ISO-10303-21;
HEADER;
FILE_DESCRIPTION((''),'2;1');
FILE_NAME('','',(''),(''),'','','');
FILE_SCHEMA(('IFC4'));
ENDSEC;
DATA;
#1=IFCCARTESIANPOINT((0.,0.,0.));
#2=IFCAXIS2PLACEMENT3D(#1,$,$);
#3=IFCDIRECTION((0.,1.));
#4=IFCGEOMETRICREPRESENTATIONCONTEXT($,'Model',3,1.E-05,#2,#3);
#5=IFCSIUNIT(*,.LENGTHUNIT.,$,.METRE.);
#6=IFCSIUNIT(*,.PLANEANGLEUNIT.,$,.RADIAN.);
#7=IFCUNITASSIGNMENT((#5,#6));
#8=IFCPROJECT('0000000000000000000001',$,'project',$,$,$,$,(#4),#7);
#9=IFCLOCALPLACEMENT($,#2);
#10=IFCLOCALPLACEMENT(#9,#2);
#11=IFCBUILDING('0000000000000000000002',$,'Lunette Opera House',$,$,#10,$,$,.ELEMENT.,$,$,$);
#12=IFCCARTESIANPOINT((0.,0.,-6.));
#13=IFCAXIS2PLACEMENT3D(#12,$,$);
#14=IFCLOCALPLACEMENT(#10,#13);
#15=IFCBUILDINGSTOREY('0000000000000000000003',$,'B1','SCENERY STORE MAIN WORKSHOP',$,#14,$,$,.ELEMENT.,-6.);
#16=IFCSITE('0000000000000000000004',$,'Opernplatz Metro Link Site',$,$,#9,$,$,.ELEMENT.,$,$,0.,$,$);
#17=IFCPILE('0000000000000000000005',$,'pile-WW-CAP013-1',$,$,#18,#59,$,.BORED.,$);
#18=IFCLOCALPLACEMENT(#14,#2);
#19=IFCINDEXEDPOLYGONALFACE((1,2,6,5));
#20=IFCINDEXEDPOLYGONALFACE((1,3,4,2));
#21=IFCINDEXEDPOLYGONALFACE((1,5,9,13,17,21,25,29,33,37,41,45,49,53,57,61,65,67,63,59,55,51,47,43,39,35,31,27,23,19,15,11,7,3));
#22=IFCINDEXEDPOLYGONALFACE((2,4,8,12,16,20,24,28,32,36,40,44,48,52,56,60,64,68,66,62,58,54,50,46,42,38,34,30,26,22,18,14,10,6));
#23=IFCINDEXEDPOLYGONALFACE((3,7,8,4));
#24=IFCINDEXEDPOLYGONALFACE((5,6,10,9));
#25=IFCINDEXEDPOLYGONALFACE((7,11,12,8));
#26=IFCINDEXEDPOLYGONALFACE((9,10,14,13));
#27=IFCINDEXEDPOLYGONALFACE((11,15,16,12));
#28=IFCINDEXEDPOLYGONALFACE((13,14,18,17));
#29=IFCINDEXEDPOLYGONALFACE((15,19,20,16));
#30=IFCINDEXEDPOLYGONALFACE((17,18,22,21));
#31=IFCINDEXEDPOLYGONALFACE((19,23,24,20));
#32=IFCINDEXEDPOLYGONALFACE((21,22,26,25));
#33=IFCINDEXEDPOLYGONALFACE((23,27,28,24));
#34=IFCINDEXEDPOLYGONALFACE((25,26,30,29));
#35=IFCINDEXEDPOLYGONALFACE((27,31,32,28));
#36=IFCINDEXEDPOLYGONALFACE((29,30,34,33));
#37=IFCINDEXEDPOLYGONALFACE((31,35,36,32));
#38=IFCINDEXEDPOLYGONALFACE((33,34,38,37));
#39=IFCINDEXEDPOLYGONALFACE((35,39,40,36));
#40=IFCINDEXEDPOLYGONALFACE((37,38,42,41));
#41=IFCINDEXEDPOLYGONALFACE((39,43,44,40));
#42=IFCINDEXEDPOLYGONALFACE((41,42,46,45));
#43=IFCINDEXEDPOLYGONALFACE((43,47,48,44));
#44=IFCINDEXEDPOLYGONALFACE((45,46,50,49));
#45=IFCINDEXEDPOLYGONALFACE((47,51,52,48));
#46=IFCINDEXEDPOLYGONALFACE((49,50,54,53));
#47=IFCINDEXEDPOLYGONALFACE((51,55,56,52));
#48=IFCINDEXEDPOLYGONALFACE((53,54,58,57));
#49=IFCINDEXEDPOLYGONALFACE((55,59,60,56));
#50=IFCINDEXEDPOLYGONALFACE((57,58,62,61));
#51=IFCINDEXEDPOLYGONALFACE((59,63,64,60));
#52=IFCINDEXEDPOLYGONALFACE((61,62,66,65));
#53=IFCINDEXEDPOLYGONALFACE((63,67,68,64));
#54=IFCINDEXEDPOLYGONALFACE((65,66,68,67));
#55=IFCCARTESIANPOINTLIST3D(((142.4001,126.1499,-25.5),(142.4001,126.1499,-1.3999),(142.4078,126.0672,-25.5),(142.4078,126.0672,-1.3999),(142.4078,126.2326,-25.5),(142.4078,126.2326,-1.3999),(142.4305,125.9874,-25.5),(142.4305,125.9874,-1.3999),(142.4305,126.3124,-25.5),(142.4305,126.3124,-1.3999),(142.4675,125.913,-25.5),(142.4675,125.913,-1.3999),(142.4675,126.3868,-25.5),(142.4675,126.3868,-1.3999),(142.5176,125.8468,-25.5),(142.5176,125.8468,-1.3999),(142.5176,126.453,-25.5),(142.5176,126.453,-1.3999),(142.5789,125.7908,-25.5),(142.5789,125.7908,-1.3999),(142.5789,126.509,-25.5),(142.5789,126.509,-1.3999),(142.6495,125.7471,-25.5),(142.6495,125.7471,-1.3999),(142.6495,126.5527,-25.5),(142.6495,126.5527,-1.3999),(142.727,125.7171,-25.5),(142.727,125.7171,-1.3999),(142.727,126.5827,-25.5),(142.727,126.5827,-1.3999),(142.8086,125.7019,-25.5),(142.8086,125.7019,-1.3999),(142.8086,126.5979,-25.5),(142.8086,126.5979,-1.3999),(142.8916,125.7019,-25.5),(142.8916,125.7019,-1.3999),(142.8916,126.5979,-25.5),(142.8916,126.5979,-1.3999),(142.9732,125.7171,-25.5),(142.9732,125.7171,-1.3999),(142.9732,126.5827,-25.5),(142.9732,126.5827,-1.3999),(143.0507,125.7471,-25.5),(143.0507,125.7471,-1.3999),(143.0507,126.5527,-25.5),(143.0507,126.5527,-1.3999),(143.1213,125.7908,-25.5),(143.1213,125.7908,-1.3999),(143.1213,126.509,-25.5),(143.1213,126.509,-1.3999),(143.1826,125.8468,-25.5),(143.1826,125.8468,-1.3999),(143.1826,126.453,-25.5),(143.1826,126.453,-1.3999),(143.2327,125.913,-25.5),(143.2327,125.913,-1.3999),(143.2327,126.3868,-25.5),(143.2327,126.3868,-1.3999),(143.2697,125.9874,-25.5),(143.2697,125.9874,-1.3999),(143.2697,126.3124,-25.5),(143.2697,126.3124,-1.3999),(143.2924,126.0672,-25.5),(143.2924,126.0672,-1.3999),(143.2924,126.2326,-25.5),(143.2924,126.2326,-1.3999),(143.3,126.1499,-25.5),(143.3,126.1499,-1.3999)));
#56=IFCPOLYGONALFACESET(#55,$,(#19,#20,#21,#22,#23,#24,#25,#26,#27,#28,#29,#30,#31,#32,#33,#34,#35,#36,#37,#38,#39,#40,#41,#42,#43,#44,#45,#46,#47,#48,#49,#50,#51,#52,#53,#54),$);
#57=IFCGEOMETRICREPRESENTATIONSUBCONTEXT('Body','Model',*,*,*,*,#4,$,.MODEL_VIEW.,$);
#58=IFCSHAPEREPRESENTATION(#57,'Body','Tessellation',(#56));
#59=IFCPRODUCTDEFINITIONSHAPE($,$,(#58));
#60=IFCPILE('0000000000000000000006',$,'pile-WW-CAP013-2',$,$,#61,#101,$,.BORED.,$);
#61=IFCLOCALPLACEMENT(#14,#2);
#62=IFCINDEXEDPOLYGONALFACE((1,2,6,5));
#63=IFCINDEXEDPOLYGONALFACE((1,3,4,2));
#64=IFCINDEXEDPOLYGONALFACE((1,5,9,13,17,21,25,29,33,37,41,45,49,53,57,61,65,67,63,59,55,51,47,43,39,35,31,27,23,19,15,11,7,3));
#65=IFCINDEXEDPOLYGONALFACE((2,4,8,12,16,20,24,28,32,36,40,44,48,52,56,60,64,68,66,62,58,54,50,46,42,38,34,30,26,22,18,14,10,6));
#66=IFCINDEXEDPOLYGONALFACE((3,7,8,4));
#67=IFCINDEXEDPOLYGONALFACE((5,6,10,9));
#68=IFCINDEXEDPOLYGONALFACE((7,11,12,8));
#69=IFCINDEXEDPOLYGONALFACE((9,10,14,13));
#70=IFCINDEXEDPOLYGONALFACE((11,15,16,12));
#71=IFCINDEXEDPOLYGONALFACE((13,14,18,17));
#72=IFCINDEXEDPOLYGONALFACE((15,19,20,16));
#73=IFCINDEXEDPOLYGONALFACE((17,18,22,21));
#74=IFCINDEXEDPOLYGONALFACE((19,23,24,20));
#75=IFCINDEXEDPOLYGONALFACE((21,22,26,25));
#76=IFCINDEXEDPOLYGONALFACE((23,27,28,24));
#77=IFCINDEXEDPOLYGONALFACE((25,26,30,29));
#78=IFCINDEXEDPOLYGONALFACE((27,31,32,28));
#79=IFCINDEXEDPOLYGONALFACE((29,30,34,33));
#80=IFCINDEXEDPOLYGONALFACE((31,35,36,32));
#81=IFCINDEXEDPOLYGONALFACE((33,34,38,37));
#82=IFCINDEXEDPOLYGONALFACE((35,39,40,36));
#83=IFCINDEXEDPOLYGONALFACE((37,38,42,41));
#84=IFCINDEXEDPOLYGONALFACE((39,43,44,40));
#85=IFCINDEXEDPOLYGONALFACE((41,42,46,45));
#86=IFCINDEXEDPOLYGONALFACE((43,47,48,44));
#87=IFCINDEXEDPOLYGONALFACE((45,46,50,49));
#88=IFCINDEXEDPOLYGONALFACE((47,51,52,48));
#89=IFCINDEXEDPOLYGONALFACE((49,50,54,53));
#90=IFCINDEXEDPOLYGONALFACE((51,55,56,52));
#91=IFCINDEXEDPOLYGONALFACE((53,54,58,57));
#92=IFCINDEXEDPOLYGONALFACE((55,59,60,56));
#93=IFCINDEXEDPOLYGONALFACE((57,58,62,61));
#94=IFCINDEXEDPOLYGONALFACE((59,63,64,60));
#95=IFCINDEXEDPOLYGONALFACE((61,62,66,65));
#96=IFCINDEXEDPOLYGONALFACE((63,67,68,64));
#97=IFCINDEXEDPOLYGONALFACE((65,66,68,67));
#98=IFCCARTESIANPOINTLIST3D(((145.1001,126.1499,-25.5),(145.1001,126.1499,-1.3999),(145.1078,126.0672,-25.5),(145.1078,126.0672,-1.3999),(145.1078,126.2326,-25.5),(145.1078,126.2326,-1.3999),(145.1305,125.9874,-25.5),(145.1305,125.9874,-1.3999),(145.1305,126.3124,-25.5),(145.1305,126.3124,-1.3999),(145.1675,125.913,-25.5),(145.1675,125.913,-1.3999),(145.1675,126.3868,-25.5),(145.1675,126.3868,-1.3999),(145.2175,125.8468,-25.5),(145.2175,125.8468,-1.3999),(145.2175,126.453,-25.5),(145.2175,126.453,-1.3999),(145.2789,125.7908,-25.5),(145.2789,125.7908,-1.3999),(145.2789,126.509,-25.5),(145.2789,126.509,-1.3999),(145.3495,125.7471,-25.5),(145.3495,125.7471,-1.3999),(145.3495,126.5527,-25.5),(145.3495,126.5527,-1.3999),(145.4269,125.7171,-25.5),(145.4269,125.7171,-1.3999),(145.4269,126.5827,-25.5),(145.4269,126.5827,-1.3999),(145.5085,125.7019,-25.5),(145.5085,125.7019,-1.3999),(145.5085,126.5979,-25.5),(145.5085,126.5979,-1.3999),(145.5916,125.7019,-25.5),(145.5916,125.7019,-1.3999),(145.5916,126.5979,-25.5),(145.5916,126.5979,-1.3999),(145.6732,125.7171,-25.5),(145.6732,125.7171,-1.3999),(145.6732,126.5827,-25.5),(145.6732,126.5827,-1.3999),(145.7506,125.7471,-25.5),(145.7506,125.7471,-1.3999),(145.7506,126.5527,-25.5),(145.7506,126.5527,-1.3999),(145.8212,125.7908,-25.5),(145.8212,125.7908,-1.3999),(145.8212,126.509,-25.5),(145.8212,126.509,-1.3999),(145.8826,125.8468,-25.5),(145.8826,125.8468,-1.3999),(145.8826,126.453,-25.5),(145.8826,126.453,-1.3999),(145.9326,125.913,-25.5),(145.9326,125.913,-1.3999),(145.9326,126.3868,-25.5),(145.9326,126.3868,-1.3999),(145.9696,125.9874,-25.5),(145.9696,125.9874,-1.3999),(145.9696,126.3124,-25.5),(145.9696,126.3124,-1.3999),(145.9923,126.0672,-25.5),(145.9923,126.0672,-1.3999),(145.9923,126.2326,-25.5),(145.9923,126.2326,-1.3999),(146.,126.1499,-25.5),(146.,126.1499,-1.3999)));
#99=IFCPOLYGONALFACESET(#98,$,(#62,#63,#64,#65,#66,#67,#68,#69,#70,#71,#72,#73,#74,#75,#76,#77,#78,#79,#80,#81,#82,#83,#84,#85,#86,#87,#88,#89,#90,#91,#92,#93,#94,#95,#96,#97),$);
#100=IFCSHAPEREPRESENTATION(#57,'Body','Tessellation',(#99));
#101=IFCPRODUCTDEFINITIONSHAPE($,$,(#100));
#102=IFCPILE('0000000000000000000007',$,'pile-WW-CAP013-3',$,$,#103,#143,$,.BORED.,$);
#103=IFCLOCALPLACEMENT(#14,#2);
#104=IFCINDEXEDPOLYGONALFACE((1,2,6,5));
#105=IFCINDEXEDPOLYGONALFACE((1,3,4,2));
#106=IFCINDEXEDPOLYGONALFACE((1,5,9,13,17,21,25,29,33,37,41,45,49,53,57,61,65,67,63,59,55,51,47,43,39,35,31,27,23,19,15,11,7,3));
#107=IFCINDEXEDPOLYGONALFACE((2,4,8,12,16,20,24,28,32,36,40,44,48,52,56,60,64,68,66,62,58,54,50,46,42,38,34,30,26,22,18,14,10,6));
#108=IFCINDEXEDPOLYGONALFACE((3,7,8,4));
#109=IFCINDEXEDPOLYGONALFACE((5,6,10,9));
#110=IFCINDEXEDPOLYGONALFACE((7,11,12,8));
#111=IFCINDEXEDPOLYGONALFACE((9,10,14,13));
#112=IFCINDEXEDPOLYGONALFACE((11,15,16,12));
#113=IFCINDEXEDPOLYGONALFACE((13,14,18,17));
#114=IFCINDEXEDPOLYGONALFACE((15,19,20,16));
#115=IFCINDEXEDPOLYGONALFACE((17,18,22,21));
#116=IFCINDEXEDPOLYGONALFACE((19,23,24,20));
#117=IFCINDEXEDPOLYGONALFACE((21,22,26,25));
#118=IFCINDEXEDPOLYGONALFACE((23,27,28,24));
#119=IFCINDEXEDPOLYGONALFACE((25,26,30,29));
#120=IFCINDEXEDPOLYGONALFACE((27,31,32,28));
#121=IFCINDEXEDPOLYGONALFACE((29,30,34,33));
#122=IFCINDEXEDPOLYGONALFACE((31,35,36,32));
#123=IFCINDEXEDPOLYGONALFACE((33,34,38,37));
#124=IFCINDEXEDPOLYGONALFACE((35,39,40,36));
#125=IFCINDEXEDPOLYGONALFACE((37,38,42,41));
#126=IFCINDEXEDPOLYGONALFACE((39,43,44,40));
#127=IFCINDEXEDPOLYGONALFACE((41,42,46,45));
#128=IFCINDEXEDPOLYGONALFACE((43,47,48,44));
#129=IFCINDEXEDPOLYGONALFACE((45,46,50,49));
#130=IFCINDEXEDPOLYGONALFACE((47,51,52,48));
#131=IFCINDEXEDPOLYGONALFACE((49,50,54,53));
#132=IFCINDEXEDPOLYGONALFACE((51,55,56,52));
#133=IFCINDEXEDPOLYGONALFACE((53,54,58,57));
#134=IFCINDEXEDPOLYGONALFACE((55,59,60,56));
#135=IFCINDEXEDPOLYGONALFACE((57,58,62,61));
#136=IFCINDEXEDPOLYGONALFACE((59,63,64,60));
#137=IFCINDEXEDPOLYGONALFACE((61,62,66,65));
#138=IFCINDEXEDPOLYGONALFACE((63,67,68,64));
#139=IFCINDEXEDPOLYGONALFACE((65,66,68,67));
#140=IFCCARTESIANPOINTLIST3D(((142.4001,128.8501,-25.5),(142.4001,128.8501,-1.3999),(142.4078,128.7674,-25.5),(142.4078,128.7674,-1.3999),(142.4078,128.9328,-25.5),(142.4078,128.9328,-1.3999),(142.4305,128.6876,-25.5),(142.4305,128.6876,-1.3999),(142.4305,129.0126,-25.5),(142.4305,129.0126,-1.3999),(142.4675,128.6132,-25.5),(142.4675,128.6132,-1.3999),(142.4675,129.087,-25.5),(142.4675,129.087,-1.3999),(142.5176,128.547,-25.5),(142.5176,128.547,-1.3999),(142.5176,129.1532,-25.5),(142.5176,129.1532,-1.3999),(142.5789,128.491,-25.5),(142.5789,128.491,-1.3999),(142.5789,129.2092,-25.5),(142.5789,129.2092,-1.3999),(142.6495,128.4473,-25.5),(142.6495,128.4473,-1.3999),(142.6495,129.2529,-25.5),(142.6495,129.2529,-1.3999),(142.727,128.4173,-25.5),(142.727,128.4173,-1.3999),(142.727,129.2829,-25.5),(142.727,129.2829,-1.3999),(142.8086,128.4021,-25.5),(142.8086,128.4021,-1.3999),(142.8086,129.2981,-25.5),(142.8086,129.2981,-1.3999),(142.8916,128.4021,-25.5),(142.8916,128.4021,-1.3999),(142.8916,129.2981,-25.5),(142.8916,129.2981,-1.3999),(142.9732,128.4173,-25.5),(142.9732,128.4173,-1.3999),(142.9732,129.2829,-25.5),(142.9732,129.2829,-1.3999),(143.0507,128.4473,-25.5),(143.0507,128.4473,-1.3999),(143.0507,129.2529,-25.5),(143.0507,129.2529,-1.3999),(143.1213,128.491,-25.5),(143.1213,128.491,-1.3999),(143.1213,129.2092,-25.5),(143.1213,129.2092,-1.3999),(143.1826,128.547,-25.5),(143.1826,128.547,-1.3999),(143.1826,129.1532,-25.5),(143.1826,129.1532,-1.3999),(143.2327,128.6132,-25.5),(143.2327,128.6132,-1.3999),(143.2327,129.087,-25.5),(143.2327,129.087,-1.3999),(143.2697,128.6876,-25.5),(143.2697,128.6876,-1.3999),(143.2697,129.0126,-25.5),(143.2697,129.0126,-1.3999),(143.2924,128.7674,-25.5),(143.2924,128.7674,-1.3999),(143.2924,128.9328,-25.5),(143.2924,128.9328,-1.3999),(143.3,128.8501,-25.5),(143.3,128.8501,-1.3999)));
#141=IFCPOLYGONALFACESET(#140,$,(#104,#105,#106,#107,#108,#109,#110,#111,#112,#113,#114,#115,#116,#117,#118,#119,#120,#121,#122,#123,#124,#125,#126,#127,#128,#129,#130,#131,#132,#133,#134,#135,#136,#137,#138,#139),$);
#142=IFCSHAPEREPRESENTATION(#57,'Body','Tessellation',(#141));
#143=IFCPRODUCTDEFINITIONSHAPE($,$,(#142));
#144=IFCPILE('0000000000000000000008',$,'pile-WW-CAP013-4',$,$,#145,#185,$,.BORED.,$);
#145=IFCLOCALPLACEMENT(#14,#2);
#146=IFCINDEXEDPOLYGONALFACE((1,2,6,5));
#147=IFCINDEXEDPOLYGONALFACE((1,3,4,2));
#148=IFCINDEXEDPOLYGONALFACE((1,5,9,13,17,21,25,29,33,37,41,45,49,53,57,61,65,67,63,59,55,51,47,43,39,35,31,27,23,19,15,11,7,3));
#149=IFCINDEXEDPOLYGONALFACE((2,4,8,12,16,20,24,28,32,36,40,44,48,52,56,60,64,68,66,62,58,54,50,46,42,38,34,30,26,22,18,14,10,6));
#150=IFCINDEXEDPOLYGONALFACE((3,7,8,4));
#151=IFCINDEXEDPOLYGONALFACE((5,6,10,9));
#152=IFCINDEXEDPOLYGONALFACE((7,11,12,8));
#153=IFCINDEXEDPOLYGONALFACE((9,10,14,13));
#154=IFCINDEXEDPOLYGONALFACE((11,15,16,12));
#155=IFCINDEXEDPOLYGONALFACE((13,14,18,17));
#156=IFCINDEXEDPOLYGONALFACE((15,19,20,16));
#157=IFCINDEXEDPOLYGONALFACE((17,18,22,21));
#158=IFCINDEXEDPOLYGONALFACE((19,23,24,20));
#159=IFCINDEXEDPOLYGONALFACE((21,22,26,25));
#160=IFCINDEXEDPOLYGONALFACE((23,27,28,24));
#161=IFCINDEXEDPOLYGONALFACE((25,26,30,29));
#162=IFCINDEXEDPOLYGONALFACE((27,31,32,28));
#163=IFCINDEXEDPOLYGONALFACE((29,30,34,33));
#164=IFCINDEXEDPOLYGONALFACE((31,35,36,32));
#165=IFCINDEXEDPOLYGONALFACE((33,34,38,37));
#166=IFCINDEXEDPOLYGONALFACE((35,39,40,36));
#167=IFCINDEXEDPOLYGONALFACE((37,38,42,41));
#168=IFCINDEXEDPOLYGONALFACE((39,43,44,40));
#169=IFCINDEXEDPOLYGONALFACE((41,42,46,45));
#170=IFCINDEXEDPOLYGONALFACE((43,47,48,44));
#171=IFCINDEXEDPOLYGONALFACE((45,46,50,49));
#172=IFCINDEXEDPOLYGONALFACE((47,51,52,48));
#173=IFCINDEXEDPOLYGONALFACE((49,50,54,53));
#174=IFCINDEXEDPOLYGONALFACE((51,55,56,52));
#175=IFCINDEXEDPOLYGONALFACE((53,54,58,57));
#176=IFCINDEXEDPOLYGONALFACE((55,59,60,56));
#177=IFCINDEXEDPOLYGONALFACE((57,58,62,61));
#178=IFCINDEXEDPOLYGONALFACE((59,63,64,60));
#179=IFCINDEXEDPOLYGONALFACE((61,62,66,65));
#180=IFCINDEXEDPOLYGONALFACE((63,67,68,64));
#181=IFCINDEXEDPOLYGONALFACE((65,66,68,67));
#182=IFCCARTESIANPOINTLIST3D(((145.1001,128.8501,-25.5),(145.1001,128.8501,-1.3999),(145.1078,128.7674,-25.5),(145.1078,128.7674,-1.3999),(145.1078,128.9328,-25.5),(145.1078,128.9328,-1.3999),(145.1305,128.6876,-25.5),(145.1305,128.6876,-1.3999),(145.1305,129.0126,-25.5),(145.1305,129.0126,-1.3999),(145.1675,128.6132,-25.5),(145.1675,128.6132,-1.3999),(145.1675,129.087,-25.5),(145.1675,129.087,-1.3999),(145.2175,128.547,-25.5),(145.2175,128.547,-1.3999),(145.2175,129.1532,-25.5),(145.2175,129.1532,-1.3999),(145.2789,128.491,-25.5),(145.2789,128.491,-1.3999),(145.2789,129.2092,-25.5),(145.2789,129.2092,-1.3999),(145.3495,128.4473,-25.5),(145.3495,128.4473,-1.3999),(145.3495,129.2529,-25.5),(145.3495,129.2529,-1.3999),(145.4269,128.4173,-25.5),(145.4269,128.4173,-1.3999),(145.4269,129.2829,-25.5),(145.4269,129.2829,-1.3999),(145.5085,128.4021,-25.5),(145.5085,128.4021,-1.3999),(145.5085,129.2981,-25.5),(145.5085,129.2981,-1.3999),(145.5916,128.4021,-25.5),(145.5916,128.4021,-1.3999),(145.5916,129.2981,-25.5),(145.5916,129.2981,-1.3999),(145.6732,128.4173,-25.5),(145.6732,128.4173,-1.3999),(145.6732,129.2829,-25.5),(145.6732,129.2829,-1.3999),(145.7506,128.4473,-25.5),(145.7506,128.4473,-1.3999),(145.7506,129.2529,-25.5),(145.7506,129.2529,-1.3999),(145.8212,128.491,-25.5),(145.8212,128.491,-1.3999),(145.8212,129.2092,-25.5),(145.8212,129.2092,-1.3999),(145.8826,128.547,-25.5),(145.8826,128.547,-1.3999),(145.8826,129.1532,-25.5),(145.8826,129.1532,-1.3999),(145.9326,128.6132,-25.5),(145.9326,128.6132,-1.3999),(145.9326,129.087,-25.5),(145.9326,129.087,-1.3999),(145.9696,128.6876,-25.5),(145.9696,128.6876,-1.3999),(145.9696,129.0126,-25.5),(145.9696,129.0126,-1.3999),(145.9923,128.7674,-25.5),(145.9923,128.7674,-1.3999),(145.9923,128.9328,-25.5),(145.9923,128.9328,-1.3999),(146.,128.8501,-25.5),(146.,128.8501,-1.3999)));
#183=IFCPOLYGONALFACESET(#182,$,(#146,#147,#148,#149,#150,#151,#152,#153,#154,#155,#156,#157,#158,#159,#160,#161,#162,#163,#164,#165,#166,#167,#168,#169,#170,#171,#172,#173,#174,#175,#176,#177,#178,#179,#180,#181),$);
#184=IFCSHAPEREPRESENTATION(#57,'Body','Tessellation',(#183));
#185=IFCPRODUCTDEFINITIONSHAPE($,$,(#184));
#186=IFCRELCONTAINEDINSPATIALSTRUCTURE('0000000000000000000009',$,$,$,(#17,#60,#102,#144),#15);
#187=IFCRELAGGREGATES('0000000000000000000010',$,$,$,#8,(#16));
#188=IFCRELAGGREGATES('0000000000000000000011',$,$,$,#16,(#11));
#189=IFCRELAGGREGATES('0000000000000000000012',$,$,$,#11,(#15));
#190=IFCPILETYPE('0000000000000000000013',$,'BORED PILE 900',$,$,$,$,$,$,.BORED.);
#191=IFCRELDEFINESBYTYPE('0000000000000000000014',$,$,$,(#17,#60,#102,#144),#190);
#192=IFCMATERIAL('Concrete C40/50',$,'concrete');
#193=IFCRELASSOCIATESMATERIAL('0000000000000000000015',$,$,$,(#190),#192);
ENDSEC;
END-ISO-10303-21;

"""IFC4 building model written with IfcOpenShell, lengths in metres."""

from ifc_helpers import new_model, si_unit, direction, frame, origin, origin_2d, place, context, subcontext, project, spatial, circle, extrude, material, material_profile, profile_set, type_object, element, save


model = new_model("IFC4")

# Units and contexts
model_context = context("Model", 3, precision=1e-05, world=origin(), true_north=direction((0.0, 1.0)))
body_context = subcontext(model_context, "Body", "Model", "MODEL_VIEW")
ifc_project = project(units=[si_unit("LENGTHUNIT", "METRE"), si_unit("PLANEANGLEUNIT", "RADIAN")], contexts=[model_context])

# Site, building, storey
site_placement = place(None, origin())
site = spatial("IfcSite", under=ifc_project, at=site_placement, Name="Opernplatz Metro Link Site", CompositionType="ELEMENT", RefElevation=0.0)
building_placement = place(site_placement, origin())
building = spatial("IfcBuilding", under=site, at=building_placement, Name="Lunette Opera House", CompositionType="ELEMENT")
storey_placement = place(building_placement, frame((0.0, 0.0, -6.0)))
storey = spatial("IfcBuildingStorey", under=building, at=storey_placement, Name="B1", Description="SCENERY STORE MAIN WORKSHOP", CompositionType="ELEMENT", Elevation=-6.0)

# Piles
ifc_material_1 = material(Name="Concrete C40/50", Category="concrete")
ifc_material_profile_1 = material_profile(ifc_material_1, circle(Radius=0.45, at=origin_2d()), Name="BORED PILE 900")
ifc_profile_set_1 = profile_set([ifc_material_profile_1], Name="Concrete C40/50")
pile_type = type_object("IfcPileType", Name="BORED PILE 900", PredefinedType="BORED", material=ifc_profile_set_1)
for number, where, z_axis, x_axis, name in (
    (1, (142.8501, 126.1499, -1.3999), (0.0, 0.0, -1.0), (1.0, 0.0, 0.0), "pile-WW-CAP013-1"),
    (2, (145.55, 126.1499, -1.3999), (0.0, 0.0, -1.0), (1.0, 0.0, 0.0), "pile-WW-CAP013-2"),
    (3, (142.8501, 128.8501, -1.3999), (0.0, 0.0, -1.0), (1.0, 0.0, 0.0), "pile-WW-CAP013-3"),
    (4, (145.55, 128.8501, -1.3999), (0.0, 0.0, -1.0), (1.0, 0.0, 0.0), "pile-WW-CAP013-4"),
):
    element("IfcPile", number, at=place(storey_placement, frame(where, z_axis=z_axis, x_axis=x_axis)), inside=storey, type_object=pile_type, Name=name, PredefinedType="BORED", context=body_context, shape_type="SweptSolid", body=[
        extrude(circle(Radius=0.45, at=origin_2d()), origin(), (0.0, 0.0, 1.0), 24.1001),
    ])

save(model, "model.ifc")
